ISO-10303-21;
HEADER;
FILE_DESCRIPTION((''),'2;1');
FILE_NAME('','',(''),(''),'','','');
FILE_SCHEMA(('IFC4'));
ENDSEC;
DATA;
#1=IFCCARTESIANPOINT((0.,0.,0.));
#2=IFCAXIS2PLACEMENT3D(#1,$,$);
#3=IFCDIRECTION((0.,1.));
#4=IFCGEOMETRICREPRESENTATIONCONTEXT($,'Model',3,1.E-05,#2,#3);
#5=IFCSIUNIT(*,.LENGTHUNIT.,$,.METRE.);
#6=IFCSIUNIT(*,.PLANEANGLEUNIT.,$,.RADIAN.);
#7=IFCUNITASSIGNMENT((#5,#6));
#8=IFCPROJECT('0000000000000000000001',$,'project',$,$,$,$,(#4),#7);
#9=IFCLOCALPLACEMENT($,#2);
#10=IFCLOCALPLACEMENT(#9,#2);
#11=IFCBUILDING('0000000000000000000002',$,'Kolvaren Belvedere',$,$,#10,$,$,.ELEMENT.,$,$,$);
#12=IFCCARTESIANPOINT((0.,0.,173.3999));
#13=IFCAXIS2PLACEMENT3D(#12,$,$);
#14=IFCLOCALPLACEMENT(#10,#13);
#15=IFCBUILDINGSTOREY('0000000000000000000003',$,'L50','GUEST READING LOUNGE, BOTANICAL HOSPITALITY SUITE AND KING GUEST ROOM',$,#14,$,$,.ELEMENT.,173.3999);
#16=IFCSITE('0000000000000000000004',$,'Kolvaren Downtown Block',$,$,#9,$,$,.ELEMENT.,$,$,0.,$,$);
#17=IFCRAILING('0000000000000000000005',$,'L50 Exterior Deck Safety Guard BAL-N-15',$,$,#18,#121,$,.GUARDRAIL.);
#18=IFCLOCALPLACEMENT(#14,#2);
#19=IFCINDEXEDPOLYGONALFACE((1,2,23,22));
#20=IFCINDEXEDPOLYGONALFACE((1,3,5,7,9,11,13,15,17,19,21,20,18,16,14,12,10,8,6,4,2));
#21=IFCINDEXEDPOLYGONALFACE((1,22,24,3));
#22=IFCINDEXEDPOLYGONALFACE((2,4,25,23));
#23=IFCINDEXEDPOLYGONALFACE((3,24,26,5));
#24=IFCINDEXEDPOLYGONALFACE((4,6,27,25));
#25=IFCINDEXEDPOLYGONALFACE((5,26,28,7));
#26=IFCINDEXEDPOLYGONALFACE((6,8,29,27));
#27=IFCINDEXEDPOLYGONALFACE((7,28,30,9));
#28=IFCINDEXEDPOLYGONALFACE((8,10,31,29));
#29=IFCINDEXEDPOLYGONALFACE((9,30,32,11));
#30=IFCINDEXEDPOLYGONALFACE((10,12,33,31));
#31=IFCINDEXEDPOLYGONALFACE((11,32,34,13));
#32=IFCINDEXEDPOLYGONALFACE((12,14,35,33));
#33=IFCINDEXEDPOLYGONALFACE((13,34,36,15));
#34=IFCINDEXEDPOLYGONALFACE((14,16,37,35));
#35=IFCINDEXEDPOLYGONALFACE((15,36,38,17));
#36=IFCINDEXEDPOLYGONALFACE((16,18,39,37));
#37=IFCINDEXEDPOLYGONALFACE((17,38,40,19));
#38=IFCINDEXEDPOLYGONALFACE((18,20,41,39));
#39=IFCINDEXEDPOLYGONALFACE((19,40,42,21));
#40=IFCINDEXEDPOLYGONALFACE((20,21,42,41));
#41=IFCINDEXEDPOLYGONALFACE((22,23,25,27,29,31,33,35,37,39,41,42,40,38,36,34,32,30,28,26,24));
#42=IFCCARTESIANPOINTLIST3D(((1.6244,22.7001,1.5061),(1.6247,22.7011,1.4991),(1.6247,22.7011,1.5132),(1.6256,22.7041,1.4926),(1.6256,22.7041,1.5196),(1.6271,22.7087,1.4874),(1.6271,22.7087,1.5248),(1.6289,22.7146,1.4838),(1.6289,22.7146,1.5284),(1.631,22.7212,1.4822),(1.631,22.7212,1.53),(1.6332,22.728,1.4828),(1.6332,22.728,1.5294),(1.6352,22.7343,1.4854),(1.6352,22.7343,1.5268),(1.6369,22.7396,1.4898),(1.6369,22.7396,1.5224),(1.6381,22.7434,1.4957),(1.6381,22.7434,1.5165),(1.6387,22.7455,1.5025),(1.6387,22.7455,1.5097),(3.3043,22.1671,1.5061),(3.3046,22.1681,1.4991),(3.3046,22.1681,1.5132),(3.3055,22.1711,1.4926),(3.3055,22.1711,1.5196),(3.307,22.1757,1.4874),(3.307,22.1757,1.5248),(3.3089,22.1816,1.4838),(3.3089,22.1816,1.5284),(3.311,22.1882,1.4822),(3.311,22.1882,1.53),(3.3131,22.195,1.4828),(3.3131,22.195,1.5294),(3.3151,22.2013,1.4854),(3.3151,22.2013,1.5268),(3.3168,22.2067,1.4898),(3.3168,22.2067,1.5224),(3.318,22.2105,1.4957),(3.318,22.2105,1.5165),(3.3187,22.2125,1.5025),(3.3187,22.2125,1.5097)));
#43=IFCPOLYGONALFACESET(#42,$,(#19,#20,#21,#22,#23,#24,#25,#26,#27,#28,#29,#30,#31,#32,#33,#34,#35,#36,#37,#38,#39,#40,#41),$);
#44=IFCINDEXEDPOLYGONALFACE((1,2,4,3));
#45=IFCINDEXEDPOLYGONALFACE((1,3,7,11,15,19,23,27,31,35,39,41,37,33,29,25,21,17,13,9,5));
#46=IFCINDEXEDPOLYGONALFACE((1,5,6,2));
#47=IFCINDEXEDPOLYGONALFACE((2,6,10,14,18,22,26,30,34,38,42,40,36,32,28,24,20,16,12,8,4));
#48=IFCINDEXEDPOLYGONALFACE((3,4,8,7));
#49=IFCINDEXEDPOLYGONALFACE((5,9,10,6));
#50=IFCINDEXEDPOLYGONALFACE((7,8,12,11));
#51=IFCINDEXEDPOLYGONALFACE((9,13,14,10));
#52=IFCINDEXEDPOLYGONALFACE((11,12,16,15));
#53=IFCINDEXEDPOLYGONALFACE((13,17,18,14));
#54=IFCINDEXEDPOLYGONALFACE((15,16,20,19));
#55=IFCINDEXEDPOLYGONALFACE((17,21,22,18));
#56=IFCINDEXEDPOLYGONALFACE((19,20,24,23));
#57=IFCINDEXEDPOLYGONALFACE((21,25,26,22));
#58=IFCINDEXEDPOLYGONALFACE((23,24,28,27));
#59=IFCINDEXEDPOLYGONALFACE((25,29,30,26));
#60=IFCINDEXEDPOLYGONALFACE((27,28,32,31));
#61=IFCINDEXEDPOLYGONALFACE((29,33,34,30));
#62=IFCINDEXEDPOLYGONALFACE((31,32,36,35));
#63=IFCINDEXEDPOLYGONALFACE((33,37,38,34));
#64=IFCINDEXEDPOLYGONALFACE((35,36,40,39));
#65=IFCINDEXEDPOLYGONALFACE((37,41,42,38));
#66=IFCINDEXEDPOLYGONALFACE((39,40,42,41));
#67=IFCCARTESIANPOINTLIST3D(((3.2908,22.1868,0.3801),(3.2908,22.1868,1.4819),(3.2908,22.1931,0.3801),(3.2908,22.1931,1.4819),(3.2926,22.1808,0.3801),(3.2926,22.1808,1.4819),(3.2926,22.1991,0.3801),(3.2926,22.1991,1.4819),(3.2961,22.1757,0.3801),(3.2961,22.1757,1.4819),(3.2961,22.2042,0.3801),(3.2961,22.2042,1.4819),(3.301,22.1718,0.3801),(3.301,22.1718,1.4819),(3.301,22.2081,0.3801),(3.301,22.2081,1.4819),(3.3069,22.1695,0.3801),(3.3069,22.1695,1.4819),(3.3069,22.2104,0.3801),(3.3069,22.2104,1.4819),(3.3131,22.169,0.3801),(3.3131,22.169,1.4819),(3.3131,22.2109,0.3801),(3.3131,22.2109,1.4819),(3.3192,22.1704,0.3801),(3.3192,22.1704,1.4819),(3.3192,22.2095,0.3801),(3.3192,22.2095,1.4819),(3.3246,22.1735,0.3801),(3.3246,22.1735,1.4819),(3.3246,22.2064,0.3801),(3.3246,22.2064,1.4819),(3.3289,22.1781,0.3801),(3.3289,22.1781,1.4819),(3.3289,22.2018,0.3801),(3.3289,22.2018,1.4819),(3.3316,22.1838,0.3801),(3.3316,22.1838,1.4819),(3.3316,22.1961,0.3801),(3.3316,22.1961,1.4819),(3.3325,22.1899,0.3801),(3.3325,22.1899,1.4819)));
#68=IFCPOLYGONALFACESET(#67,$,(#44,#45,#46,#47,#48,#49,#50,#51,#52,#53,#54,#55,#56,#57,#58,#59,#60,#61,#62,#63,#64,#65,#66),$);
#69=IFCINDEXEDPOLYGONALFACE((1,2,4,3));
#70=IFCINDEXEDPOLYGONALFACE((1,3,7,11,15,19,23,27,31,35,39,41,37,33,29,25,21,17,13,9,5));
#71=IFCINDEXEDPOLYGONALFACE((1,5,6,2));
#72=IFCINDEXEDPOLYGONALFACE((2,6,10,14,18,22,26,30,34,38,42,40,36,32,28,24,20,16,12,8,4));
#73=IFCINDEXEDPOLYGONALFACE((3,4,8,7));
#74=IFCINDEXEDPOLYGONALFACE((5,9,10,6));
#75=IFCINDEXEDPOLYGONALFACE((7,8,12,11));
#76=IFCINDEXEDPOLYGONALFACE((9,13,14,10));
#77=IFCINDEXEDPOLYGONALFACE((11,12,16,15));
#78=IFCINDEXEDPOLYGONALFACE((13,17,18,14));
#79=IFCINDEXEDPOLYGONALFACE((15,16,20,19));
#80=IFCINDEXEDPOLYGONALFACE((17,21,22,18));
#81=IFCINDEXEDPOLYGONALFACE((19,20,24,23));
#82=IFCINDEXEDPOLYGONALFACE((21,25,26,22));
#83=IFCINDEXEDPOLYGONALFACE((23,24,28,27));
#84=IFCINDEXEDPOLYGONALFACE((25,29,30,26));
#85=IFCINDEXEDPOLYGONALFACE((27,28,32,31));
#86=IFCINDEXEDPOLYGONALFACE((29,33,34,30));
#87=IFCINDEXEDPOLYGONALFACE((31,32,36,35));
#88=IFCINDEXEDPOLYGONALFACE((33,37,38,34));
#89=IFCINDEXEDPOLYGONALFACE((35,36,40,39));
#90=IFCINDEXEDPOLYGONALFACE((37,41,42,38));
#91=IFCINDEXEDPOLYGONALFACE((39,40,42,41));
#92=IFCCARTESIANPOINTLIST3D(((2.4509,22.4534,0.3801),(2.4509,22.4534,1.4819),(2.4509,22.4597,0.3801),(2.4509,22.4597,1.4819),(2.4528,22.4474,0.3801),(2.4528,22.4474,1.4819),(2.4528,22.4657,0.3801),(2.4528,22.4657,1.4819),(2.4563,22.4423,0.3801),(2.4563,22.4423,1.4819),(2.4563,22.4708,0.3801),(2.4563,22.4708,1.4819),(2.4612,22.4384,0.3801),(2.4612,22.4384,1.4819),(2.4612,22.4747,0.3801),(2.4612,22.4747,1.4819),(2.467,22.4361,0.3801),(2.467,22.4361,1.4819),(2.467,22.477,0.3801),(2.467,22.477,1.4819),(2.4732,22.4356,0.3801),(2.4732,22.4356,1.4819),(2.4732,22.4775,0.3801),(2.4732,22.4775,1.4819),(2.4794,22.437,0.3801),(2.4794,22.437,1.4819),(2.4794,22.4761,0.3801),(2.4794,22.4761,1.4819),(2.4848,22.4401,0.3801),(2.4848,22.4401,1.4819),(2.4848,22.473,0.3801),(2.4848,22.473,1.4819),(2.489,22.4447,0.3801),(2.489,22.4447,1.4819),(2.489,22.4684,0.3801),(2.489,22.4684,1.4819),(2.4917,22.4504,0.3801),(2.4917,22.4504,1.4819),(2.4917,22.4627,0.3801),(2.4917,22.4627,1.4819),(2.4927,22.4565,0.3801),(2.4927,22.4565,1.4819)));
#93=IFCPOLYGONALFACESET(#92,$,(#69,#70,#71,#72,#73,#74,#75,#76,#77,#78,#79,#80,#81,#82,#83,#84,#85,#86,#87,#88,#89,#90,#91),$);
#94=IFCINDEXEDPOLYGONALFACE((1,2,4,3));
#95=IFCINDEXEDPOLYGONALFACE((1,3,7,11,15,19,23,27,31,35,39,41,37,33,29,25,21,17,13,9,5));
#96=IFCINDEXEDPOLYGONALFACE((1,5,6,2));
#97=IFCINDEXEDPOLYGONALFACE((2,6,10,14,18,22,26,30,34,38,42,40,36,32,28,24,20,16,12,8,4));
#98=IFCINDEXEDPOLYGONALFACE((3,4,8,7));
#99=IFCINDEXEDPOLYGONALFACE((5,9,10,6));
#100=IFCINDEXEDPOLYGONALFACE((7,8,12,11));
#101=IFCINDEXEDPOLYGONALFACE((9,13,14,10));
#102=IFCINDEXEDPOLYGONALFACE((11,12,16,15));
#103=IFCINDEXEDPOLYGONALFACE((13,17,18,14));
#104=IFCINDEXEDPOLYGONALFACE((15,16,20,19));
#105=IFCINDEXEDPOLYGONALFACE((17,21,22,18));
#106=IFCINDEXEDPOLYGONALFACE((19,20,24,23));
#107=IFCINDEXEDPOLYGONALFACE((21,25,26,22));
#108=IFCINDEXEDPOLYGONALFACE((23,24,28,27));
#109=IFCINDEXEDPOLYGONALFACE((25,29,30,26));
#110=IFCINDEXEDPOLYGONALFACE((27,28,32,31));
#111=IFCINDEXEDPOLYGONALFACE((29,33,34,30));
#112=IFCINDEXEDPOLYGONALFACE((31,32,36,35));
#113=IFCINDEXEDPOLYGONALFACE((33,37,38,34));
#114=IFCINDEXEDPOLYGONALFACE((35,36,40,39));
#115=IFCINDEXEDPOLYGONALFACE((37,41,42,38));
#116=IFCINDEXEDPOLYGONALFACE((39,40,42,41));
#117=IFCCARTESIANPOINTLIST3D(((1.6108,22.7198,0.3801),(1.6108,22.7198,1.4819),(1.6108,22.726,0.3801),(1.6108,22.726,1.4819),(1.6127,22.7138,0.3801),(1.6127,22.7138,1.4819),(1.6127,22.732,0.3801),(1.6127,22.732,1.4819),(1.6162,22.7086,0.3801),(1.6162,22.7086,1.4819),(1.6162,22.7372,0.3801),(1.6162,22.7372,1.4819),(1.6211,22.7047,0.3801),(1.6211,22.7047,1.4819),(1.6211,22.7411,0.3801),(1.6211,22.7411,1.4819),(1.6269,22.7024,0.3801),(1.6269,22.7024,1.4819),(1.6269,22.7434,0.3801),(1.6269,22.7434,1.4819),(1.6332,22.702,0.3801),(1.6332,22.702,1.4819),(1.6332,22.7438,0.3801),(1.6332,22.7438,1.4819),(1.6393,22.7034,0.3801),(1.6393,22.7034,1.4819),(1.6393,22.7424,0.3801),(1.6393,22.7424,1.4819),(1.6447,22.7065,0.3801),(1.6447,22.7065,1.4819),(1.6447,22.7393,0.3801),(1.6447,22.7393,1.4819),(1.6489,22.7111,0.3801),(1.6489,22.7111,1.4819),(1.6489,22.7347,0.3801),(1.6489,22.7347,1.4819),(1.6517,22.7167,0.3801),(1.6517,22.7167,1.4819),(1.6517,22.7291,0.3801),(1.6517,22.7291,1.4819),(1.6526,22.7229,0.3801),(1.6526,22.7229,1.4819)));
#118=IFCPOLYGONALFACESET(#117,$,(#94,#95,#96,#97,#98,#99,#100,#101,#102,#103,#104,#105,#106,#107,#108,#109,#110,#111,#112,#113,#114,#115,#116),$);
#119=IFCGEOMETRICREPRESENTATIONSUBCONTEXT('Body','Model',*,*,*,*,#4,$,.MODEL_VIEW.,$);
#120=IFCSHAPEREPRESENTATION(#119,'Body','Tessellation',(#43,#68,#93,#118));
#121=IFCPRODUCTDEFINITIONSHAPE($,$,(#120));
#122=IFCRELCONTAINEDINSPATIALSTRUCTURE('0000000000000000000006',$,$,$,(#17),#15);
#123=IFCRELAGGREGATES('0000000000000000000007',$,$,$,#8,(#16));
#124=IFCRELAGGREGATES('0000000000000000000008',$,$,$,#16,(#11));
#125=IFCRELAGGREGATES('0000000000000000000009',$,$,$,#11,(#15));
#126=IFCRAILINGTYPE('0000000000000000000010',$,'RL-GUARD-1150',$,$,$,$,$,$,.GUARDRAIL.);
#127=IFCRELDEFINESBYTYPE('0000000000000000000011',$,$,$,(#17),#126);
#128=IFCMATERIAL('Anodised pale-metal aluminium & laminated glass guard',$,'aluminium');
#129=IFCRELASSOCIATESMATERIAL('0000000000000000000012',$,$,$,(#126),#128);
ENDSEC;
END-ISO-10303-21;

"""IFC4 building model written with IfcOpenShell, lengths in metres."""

from ifc_helpers import new_model, si_unit, direction, frame, origin, origin_2d, place, context, subcontext, project, spatial, circle, extrude, material, type_object, element, save


model = new_model("IFC4")

# Units and contexts
model_context = context("Model", 3, precision=1e-05, world=origin(), true_north=direction((0.0, 1.0)))
body_context = subcontext(model_context, "Body", "Model", "MODEL_VIEW")
ifc_project = project(units=[si_unit("LENGTHUNIT", "METRE"), si_unit("PLANEANGLEUNIT", "RADIAN")], contexts=[model_context])

# Site, building, storey
site_placement = place(None, origin())
site = spatial("IfcSite", under=ifc_project, at=site_placement, Name="Kolvaren Downtown Block", CompositionType="ELEMENT", RefElevation=0.0)
building_placement = place(site_placement, origin())
building = spatial("IfcBuilding", under=site, at=building_placement, Name="Kolvaren Belvedere", CompositionType="ELEMENT")
storey_placement = place(building_placement, frame((0.0, 0.0, 173.3999)))
storey = spatial("IfcBuildingStorey", under=building, at=storey_placement, Name="L50", Description="GUEST READING LOUNGE, BOTANICAL HOSPITALITY SUITE AND KING GUEST ROOM", CompositionType="ELEMENT", Elevation=173.3999)

# Railing
ifc_material_1 = material(Name="Anodised pale-metal aluminium & laminated glass guard", Category="aluminium")
railing_type = type_object("IfcRailingType", Name="RL-GUARD-1150", PredefinedType="GUARDRAIL", material=ifc_material_1)
railing_1_placement = place(storey_placement, frame((3.3115, 22.1899, 0.3801)))
element("IfcRailing", 1, at=railing_1_placement, inside=storey, type_object=railing_type, Name="L50 Exterior Deck Safety Guard BAL-N-15", PredefinedType="GUARDRAIL", context=body_context, shape_type="SweptSolid", body=[
    extrude(circle(Radius=0.0239, at=origin_2d()), frame((0.0, 0.0, 1.126), z_axis=(-0.953182, 0.302397, 0.0), x_axis=(-0.302397, -0.953182, 0.0)), (0.0, 0.0, 1.0), 1.7625),
    extrude(circle(Radius=0.021, at=origin_2d()), origin(), (0.0, 0.0, 1.0), 1.1018),
    extrude(circle(Radius=0.021, at=origin_2d()), frame((-0.8398, 0.2666, 0.0)), (0.0, 0.0, 1.0), 1.1018),
    extrude(circle(Radius=0.021, at=origin_2d()), frame((-1.6799, 0.533, 0.0)), (0.0, 0.0, 1.0), 1.1018),
])

save(model, "model.ifc")
